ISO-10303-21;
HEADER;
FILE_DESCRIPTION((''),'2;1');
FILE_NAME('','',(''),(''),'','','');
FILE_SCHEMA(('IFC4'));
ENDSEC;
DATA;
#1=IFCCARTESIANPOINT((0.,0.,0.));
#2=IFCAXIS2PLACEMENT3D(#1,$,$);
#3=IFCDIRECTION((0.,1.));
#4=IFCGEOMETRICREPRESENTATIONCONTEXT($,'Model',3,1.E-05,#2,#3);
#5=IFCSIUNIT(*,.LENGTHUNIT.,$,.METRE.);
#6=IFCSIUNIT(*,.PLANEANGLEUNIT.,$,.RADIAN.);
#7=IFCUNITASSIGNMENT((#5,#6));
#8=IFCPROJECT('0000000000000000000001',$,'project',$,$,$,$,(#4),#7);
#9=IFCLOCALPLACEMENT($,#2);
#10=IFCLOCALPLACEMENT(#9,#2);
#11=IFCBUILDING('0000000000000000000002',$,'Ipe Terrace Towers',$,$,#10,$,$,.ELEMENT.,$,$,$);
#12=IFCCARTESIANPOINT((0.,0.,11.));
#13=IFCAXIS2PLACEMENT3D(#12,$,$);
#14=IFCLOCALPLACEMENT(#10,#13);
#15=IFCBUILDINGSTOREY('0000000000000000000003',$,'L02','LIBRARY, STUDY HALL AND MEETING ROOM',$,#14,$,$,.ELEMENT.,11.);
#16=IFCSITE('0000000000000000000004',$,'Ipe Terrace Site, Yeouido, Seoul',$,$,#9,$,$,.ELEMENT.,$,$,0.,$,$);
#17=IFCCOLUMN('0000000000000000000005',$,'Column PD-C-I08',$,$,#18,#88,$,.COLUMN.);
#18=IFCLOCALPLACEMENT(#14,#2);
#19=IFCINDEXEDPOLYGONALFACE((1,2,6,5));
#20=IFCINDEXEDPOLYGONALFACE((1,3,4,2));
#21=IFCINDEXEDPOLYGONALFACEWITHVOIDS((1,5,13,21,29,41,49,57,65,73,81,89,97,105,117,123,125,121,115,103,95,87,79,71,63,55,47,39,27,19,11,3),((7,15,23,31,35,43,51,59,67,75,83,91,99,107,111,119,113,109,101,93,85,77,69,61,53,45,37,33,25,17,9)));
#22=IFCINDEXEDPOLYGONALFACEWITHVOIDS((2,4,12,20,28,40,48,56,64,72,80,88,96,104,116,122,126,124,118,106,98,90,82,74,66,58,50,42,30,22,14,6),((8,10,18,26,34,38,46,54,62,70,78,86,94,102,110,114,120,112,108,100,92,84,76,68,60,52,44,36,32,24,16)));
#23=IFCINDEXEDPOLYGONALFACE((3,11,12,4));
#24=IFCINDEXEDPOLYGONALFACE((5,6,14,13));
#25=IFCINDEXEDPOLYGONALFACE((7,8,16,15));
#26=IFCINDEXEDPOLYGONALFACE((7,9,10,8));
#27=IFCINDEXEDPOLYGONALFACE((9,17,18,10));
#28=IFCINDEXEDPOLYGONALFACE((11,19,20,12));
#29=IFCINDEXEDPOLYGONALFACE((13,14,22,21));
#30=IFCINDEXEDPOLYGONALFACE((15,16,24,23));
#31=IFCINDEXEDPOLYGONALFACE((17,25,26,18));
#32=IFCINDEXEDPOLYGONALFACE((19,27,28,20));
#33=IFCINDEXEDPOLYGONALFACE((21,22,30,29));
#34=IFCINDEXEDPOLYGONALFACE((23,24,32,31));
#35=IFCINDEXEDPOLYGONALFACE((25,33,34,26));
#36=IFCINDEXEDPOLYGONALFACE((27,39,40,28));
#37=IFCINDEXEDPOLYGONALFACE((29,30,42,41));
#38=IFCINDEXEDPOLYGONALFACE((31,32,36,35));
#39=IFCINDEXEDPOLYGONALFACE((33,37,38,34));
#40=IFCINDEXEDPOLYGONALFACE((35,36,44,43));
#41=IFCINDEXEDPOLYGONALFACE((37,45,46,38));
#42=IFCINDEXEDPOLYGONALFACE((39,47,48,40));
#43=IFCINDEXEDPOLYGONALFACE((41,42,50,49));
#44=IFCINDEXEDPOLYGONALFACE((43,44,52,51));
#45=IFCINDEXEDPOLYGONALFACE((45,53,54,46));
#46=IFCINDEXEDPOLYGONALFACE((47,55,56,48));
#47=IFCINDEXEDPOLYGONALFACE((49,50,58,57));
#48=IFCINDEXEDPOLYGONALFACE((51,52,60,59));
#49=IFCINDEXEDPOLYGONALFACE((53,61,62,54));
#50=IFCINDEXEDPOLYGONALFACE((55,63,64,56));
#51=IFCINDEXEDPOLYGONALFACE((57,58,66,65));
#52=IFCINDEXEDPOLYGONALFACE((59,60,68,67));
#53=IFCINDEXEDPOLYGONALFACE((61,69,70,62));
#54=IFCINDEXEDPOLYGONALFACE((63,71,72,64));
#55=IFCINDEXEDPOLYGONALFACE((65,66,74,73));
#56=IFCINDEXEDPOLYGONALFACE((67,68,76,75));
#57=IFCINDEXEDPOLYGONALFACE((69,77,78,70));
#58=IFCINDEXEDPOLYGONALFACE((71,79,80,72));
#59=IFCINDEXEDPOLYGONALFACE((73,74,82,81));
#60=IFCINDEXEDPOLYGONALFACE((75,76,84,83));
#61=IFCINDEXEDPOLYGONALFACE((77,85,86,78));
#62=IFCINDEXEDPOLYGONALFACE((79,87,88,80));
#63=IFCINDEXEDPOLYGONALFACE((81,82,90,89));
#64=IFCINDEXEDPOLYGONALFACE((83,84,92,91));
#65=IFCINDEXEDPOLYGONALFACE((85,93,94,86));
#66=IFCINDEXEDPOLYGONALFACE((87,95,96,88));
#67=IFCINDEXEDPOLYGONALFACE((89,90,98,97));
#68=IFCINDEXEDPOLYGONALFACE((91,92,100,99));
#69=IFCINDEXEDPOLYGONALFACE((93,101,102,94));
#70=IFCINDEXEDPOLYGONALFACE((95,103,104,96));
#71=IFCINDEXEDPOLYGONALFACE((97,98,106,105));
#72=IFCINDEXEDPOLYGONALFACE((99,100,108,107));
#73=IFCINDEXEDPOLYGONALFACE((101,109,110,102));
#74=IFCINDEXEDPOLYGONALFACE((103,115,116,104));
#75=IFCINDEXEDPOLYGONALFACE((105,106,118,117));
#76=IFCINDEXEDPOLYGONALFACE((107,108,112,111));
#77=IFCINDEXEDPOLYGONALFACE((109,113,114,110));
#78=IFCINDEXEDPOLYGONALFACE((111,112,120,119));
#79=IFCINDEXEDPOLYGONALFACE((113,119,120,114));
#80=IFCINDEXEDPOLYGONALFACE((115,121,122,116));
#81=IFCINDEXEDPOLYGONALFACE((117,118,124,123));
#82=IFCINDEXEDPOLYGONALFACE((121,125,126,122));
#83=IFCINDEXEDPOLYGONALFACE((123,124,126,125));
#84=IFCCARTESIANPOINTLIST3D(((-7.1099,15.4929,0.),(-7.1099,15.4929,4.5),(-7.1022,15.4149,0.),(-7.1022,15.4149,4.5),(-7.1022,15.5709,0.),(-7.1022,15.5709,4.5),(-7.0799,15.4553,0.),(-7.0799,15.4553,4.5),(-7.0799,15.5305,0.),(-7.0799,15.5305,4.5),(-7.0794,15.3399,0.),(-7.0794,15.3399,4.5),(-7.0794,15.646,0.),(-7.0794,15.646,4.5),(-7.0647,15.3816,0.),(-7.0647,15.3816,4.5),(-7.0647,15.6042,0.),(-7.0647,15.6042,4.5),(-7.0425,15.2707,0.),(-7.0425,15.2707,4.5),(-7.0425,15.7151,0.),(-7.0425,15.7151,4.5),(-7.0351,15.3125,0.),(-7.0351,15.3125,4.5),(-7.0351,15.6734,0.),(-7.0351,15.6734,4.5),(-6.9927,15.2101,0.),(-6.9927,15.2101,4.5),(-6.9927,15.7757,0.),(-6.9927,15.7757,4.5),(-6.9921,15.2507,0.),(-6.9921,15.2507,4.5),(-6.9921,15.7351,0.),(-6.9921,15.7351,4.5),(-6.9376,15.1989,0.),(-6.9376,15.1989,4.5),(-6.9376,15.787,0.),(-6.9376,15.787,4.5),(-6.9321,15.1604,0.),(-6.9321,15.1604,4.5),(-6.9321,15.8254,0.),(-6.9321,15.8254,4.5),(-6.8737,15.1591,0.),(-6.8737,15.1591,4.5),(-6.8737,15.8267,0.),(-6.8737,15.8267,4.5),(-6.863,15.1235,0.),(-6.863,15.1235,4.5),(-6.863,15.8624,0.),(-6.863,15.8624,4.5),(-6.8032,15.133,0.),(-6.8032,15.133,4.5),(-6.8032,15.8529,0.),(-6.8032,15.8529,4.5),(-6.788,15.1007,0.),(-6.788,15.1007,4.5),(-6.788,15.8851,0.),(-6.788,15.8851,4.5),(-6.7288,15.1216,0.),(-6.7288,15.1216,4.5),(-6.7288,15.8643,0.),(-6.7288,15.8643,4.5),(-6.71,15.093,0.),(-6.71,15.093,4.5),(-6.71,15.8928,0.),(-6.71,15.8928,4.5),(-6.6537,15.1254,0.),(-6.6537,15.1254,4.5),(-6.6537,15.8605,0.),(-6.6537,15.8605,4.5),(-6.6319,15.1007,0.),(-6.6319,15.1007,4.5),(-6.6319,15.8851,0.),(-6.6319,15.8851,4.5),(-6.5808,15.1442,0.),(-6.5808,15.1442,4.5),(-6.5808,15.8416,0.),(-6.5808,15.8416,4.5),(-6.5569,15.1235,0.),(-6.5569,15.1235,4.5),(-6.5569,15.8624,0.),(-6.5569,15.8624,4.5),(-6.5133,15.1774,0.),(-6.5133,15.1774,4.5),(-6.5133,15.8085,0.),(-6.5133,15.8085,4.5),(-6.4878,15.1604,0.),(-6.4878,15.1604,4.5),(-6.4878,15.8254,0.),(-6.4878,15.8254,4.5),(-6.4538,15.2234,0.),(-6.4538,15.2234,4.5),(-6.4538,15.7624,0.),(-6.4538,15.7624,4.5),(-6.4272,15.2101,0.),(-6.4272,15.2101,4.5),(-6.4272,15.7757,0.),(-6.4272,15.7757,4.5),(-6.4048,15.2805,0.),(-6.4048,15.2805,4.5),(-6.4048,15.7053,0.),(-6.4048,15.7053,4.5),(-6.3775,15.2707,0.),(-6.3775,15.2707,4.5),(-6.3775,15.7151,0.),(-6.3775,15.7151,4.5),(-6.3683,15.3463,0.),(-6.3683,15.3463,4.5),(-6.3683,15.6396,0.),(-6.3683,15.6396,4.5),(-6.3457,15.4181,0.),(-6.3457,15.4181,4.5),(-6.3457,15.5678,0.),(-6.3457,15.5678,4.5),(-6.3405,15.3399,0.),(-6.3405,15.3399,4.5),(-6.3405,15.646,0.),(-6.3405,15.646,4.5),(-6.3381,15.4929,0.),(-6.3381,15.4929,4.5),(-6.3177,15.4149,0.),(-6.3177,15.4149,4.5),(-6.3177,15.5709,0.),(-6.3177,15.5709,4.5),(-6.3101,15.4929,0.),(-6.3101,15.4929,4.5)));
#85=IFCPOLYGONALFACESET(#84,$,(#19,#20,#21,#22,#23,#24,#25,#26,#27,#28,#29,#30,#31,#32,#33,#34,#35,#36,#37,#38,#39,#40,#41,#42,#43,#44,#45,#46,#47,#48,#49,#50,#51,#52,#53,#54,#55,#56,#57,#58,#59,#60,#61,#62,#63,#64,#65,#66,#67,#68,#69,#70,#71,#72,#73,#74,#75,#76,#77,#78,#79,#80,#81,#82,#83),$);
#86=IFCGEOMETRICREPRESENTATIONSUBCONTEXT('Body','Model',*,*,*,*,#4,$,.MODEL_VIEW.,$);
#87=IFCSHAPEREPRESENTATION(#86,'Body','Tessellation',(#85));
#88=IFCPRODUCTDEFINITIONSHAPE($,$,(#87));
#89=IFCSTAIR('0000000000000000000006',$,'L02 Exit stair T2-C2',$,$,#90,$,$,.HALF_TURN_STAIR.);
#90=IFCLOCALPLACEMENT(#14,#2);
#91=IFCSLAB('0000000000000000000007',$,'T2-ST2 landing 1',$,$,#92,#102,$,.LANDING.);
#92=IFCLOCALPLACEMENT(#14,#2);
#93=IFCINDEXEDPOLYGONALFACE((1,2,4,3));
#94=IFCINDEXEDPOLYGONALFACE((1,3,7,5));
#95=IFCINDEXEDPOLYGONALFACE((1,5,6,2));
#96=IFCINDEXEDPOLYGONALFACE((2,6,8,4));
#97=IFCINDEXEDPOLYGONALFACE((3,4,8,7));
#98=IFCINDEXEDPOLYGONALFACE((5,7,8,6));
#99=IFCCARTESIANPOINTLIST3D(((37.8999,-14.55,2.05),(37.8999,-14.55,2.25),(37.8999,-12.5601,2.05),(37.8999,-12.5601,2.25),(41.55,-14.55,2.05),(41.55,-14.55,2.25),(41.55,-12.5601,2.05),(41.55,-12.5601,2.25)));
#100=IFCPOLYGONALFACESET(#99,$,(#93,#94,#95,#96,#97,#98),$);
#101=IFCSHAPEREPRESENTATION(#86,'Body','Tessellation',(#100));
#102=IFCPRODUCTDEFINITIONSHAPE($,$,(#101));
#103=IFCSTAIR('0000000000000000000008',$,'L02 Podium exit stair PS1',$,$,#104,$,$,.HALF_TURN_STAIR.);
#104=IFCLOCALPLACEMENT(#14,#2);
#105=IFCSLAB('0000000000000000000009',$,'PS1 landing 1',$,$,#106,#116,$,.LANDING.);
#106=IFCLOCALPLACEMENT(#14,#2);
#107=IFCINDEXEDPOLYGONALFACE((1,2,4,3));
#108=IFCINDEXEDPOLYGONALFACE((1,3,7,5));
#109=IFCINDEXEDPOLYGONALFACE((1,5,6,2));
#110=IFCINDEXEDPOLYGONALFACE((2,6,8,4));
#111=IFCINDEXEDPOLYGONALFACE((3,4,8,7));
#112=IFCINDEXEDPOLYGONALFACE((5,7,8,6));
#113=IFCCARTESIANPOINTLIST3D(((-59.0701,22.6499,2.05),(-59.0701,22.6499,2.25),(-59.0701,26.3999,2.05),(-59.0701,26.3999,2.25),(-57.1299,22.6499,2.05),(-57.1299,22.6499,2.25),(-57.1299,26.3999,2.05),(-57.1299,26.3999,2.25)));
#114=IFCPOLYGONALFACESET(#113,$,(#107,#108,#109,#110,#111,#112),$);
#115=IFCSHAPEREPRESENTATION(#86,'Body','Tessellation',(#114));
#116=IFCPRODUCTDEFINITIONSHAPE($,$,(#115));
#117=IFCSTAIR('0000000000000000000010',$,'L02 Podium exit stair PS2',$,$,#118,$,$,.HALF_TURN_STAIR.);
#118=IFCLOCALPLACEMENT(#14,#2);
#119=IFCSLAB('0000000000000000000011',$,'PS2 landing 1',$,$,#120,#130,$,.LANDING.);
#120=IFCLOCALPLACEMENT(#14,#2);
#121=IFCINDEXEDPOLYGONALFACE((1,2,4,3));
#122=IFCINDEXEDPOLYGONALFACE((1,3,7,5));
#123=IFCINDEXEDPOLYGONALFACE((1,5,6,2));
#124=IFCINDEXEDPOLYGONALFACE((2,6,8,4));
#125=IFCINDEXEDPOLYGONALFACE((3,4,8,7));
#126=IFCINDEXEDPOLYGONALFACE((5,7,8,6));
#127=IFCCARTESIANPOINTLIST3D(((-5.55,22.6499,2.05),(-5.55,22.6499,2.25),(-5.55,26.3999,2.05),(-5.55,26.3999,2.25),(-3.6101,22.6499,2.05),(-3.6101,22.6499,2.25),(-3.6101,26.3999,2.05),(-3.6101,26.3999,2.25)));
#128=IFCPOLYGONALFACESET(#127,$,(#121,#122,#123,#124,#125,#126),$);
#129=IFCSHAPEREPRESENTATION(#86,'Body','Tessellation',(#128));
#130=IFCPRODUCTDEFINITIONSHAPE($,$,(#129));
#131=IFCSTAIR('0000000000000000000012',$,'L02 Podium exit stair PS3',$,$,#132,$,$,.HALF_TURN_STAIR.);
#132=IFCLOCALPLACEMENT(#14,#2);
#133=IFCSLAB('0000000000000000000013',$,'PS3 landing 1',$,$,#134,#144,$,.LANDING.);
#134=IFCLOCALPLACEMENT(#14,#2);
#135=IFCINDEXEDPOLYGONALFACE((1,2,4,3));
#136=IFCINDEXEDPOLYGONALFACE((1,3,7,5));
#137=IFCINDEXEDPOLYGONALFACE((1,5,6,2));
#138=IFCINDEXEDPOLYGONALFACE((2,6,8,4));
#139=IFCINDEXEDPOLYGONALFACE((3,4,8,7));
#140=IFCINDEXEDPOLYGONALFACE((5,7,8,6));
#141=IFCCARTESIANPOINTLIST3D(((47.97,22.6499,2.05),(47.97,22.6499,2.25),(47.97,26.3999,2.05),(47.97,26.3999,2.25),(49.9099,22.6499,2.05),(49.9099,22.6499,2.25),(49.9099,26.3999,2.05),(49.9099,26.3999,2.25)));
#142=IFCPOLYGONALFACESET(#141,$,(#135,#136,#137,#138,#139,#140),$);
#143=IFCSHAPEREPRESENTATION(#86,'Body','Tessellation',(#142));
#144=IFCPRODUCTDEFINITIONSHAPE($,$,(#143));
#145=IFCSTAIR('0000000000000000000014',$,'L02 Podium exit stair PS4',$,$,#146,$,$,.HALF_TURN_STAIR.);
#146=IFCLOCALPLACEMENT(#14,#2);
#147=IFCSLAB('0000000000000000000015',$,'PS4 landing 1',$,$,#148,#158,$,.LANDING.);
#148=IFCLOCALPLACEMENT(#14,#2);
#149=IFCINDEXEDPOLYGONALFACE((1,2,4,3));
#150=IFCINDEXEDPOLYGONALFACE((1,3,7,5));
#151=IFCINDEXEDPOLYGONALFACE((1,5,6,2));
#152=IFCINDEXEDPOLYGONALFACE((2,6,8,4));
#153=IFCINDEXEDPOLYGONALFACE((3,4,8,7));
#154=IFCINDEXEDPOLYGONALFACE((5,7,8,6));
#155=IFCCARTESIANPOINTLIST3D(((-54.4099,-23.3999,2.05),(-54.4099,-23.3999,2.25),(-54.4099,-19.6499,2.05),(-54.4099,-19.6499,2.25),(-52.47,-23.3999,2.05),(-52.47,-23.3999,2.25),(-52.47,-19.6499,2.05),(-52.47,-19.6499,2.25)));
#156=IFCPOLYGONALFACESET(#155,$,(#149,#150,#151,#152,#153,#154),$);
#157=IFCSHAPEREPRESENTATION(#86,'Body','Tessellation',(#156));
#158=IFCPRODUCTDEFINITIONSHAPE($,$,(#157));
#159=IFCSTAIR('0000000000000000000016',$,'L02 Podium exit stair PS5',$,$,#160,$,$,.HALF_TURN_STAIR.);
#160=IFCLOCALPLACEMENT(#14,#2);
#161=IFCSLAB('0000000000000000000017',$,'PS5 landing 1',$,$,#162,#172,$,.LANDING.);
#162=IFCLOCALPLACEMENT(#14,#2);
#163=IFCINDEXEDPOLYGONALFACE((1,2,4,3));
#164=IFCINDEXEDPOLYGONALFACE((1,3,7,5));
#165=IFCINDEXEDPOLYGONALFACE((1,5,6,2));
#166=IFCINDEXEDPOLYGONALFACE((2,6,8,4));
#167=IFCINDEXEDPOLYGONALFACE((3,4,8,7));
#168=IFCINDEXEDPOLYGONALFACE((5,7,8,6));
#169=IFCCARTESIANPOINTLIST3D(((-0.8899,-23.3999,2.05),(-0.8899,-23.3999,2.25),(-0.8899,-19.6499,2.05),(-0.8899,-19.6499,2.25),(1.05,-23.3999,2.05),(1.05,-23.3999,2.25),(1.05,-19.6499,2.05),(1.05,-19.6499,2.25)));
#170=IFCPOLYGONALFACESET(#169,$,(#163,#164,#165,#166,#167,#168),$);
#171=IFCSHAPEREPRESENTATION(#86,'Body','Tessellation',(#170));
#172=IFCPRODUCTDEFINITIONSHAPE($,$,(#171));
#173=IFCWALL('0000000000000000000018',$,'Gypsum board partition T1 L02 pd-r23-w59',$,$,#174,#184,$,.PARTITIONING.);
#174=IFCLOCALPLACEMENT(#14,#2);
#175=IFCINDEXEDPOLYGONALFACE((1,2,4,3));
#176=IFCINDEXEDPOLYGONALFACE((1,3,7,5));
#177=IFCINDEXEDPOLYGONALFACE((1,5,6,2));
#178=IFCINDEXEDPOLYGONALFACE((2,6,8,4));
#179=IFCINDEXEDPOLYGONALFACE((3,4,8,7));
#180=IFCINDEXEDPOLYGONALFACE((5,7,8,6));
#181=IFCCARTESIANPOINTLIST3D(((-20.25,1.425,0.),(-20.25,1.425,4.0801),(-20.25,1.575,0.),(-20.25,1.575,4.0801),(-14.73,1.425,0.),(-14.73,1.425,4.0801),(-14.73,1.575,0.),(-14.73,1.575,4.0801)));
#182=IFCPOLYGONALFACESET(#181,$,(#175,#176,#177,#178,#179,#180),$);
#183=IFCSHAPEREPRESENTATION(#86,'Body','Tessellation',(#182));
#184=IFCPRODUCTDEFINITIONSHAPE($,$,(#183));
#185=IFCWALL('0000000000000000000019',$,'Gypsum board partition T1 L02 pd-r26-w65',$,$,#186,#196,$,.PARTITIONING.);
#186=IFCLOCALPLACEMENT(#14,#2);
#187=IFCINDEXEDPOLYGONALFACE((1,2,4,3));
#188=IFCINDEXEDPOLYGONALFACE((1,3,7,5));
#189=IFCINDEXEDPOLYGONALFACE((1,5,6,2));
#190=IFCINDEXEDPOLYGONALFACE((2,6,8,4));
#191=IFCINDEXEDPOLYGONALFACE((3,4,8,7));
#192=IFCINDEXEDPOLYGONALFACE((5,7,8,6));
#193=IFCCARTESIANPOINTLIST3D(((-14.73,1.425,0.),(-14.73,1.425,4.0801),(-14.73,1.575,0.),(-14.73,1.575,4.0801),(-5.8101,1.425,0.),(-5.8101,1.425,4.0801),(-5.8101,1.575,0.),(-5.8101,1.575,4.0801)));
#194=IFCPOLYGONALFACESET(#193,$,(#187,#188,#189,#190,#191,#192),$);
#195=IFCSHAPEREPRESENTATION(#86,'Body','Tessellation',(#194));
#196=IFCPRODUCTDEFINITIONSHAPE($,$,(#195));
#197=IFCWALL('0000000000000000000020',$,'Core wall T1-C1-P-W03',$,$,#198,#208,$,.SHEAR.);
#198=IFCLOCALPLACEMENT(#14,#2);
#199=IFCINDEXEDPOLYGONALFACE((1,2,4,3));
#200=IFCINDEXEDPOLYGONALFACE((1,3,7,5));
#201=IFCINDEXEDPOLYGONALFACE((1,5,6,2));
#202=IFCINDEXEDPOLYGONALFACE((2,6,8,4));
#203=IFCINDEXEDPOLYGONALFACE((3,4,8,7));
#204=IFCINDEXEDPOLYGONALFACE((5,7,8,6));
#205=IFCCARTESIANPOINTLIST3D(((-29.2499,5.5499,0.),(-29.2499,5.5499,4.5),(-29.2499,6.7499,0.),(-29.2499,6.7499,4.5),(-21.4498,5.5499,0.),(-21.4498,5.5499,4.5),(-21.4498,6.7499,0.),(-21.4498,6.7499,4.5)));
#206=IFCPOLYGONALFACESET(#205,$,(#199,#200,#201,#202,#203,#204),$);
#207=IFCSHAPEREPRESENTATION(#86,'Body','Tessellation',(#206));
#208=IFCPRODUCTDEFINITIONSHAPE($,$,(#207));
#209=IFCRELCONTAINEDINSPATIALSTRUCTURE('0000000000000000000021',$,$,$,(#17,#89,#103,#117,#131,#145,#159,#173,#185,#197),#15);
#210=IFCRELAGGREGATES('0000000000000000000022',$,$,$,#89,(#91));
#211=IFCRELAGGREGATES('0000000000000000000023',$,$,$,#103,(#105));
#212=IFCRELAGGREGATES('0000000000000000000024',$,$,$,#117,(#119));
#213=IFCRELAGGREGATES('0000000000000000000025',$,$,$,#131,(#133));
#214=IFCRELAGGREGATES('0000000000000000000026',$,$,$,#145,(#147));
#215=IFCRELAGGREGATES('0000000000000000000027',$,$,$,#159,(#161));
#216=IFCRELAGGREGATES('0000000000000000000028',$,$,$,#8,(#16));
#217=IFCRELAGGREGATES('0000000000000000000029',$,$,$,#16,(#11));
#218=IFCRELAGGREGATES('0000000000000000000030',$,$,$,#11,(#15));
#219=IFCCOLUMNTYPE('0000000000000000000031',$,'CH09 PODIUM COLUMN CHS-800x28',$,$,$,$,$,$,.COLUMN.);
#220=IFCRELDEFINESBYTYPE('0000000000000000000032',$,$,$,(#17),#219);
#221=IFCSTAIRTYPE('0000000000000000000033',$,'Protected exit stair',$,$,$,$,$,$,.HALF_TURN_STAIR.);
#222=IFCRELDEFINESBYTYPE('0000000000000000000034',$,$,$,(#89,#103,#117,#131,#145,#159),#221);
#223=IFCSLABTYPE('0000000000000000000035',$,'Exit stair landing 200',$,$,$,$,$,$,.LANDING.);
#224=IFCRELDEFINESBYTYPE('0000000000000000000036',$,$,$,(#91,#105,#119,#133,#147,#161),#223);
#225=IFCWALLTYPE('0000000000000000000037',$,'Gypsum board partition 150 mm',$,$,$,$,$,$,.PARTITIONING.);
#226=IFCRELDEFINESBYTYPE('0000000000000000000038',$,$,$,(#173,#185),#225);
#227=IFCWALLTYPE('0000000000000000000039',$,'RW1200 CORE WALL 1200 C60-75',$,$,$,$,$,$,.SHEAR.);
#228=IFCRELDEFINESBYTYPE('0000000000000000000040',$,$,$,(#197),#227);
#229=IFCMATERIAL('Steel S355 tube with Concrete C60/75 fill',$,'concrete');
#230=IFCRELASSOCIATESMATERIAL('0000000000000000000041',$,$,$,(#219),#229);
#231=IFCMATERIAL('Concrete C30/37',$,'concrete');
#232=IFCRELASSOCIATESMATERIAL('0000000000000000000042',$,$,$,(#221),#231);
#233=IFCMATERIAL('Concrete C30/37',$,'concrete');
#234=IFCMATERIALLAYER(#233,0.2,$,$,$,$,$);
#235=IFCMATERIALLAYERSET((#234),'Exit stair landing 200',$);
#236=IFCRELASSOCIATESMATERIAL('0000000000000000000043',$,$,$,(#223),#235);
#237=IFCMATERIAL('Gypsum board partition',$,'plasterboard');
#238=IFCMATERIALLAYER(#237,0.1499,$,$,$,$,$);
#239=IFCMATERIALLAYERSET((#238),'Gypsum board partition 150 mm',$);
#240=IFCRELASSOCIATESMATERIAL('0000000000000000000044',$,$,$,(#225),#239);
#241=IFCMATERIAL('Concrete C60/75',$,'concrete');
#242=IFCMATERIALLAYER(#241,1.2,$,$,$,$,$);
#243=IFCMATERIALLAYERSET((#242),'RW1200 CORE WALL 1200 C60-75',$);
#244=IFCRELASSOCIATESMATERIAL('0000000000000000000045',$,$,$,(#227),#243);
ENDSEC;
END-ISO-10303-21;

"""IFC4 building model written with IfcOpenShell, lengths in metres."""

from ifc_helpers import new_model, si_unit, direction, frame, frame_2d, origin, origin_2d, place, context, subcontext, project, spatial, polyline, rectangle, hollow_circle, outline, extrude, material, layer, layer_set, material_profile, profile_set, type_object, element, aggregate, save


model = new_model("IFC4")

# Units and contexts
model_context = context("Model", 3, precision=1e-05, world=origin(), true_north=direction((0.0, 1.0)))
body_context = subcontext(model_context, "Body", "Model", "MODEL_VIEW")
ifc_project = project(units=[si_unit("LENGTHUNIT", "METRE"), si_unit("PLANEANGLEUNIT", "RADIAN")], contexts=[model_context])

# Site, building, storey
site_placement = place(None, origin())
site = spatial("IfcSite", under=ifc_project, at=site_placement, Name="Ipe Terrace Site, Yeouido, Seoul", CompositionType="ELEMENT", RefElevation=0.0)
building_placement = place(site_placement, origin())
building = spatial("IfcBuilding", under=site, at=building_placement, Name="Ipe Terrace Towers", CompositionType="ELEMENT")
storey_placement = place(building_placement, frame((0.0, 0.0, 11.0)))
storey = spatial("IfcBuildingStorey", under=building, at=storey_placement, Name="L02", Description="LIBRARY, STUDY HALL AND MEETING ROOM", CompositionType="ELEMENT", Elevation=11.0)

# Column
ifc_material_1 = material(Name="Steel S355 tube with Concrete C60/75 fill", Category="concrete")
ifc_material_profile_1 = material_profile(ifc_material_1, hollow_circle(Radius=0.3999, WallThickness=0.0281, at=origin_2d()), Name="CHS-800x28")
ifc_profile_set_1 = profile_set([ifc_material_profile_1], Name="Steel S355 tube with Concrete C60/75 fill")
column_type_1 = type_object("IfcColumnType", Name="CH09 PODIUM COLUMN CHS-800x28", PredefinedType="COLUMN", material=ifc_profile_set_1)
for number, where, z_axis, x_axis, name in (
    (1, (-6.71, 15.4929, 0.0), (0.0, 0.0, 1.0), (1.0, 0.0, 0.0), "Column PD-C-I08"),
):
    element("IfcColumn", number, at=place(storey_placement, frame(where, z_axis=z_axis, x_axis=x_axis)), inside=storey, type_object=column_type_1, Name=name, PredefinedType="COLUMN", context=body_context, shape_type="SweptSolid", body=[
        extrude(hollow_circle(Radius=0.3999, WallThickness=0.0281, at=origin_2d()), origin(), (0.0, 0.0, 1.0), 4.5),
    ])

# Stairs, slabs
ifc_material_2 = material(Name="Concrete C30/37", Category="concrete")
stair_type = type_object("IfcStairType", Name="Protected exit stair", PredefinedType="HALF_TURN_STAIR", material=ifc_material_2)
stair_1_placement = place(storey_placement, origin())
stair_1 = element("IfcStair", 2, at=stair_1_placement, inside=storey, type_object=stair_type, Name="L02 Exit stair T2-C2", PredefinedType="HALF_TURN_STAIR")
ifc_material_3 = material(Name="Concrete C30/37", Category="concrete")
ifc_layer_1 = layer(ifc_material_3, 0.2)
ifc_layer_set_1 = layer_set([ifc_layer_1], Name="Exit stair landing 200")
slab_type = type_object("IfcSlabType", Name="Exit stair landing 200", PredefinedType="LANDING", material=ifc_layer_set_1)
slab_1_placement = place(storey_placement, frame((0.0, 0.0, 2.05)))
slab_1 = element("IfcSlab", 3, at=slab_1_placement, type_object=slab_type, Name="T2-ST2 landing 1", PredefinedType="LANDING", context=body_context, shape_type="SweptSolid", body=[
    extrude(outline(polyline([(37.8999, -12.5601), (37.8999, -14.55), (41.55, -14.55), (41.55, -12.5601), (37.8999, -12.5601)])), origin(), (0.0, 0.0, 1.0), 0.2),
])
aggregate(stair_1, [slab_1])
stair_2_placement = place(storey_placement, origin())
stair_2 = element("IfcStair", 4, at=stair_2_placement, inside=storey, type_object=stair_type, Name="L02 Podium exit stair PS1", PredefinedType="HALF_TURN_STAIR")
slab_2_placement = place(storey_placement, frame((0.0, 0.0, 2.05)))
slab_2 = element("IfcSlab", 5, at=slab_2_placement, type_object=slab_type, Name="PS1 landing 1", PredefinedType="LANDING", context=body_context, shape_type="SweptSolid", body=[
    extrude(outline(polyline([(-57.1299, 26.3999), (-59.0701, 26.3999), (-59.0701, 22.6499), (-57.1299, 22.6499), (-57.1299, 26.3999)])), origin(), (0.0, 0.0, 1.0), 0.2),
])
aggregate(stair_2, [slab_2])
stair_3_placement = place(storey_placement, origin())
stair_3 = element("IfcStair", 6, at=stair_3_placement, inside=storey, type_object=stair_type, Name="L02 Podium exit stair PS2", PredefinedType="HALF_TURN_STAIR")
slab_3_placement = place(storey_placement, frame((0.0, 0.0, 2.05)))
slab_3 = element("IfcSlab", 7, at=slab_3_placement, type_object=slab_type, Name="PS2 landing 1", PredefinedType="LANDING", context=body_context, shape_type="SweptSolid", body=[
    extrude(outline(polyline([(-3.6101, 26.3999), (-5.55, 26.3999), (-5.55, 22.6499), (-3.6101, 22.6499), (-3.6101, 26.3999)])), origin(), (0.0, 0.0, 1.0), 0.2),
])
aggregate(stair_3, [slab_3])
stair_4_placement = place(storey_placement, origin())
stair_4 = element("IfcStair", 8, at=stair_4_placement, inside=storey, type_object=stair_type, Name="L02 Podium exit stair PS3", PredefinedType="HALF_TURN_STAIR")
slab_4_placement = place(storey_placement, frame((0.0, 0.0, 2.05)))
slab_4 = element("IfcSlab", 9, at=slab_4_placement, type_object=slab_type, Name="PS3 landing 1", PredefinedType="LANDING", context=body_context, shape_type="SweptSolid", body=[
    extrude(outline(polyline([(49.9099, 26.3999), (47.97, 26.3999), (47.97, 22.6499), (49.9099, 22.6499), (49.9099, 26.3999)])), origin(), (0.0, 0.0, 1.0), 0.2),
])
aggregate(stair_4, [slab_4])
stair_5_placement = place(storey_placement, origin())
stair_5 = element("IfcStair", 10, at=stair_5_placement, inside=storey, type_object=stair_type, Name="L02 Podium exit stair PS4", PredefinedType="HALF_TURN_STAIR")
slab_5_placement = place(storey_placement, frame((0.0, 0.0, 2.05)))
slab_5 = element("IfcSlab", 11, at=slab_5_placement, type_object=slab_type, Name="PS4 landing 1", PredefinedType="LANDING", context=body_context, shape_type="SweptSolid", body=[
    extrude(outline(polyline([(-54.4099, -23.3999), (-52.47, -23.3999), (-52.47, -19.6499), (-54.4099, -19.6499), (-54.4099, -23.3999)])), origin(), (0.0, 0.0, 1.0), 0.2),
])
aggregate(stair_5, [slab_5])
stair_6_placement = place(storey_placement, origin())
stair_6 = element("IfcStair", 12, at=stair_6_placement, inside=storey, type_object=stair_type, Name="L02 Podium exit stair PS5", PredefinedType="HALF_TURN_STAIR")
slab_6_placement = place(storey_placement, frame((0.0, 0.0, 2.05)))
slab_6 = element("IfcSlab", 13, at=slab_6_placement, type_object=slab_type, Name="PS5 landing 1", PredefinedType="LANDING", context=body_context, shape_type="SweptSolid", body=[
    extrude(outline(polyline([(-0.8899, -23.3999), (1.05, -23.3999), (1.05, -19.6499), (-0.8899, -19.6499), (-0.8899, -23.3999)])), origin(), (0.0, 0.0, 1.0), 0.2),
])
aggregate(stair_6, [slab_6])

# Walls
ifc_material_4 = material(Name="Gypsum board partition", Category="plasterboard")
ifc_layer_2 = layer(ifc_material_4, 0.1499)
ifc_layer_set_2 = layer_set([ifc_layer_2], Name="Gypsum board partition 150 mm")
wall_type_1 = type_object("IfcWallType", Name="Gypsum board partition 150 mm", PredefinedType="PARTITIONING", material=ifc_layer_set_2)
wall_1_placement = place(storey_placement, frame((-14.73, 1.5, 0.0), z_axis=(0.0, 0.0, 1.0), x_axis=(-1.0, 0.0, 0.0)))
element("IfcWall", 14, at=wall_1_placement, inside=storey, type_object=wall_type_1, Name="Gypsum board partition T1 L02 pd-r23-w59", PredefinedType="PARTITIONING", context=body_context, shape_type="SweptSolid", body=[
    extrude(rectangle(XDim=5.52, YDim=0.1499, at=frame_2d((2.76, 0.0))), origin(), (0.0, 0.0, 1.0), 4.0801),
])
wall_2_placement = place(storey_placement, frame((-5.8101, 1.5, 0.0), z_axis=(0.0, 0.0, 1.0), x_axis=(-1.0, 0.0, 0.0)))
element("IfcWall", 15, at=wall_2_placement, inside=storey, type_object=wall_type_1, Name="Gypsum board partition T1 L02 pd-r26-w65", PredefinedType="PARTITIONING", context=body_context, shape_type="SweptSolid", body=[
    extrude(rectangle(XDim=8.9199, YDim=0.1499, at=frame_2d((4.46, 0.0))), origin(), (0.0, 0.0, 1.0), 4.0801),
])
ifc_material_5 = material(Name="Concrete C60/75", Category="concrete")
ifc_layer_3 = layer(ifc_material_5, 1.2)
ifc_layer_set_3 = layer_set([ifc_layer_3], Name="RW1200 CORE WALL 1200 C60-75")
wall_type_2 = type_object("IfcWallType", Name="RW1200 CORE WALL 1200 C60-75", PredefinedType="SHEAR", material=ifc_layer_set_3)
wall_3_placement = place(storey_placement, frame((-21.45, 6.1499, 0.0), z_axis=(0.0, 0.0, 1.0), x_axis=(-1.0, 0.0, 0.0)))
element("IfcWall", 16, at=wall_3_placement, inside=storey, type_object=wall_type_2, Name="Core wall T1-C1-P-W03", PredefinedType="SHEAR", context=body_context, shape_type="SweptSolid", body=[
    extrude(rectangle(XDim=7.8, YDim=1.2, at=frame_2d((3.8999, 0.0))), origin(), (0.0, 0.0, 1.0), 4.5),
])

save(model, "model.ifc")
